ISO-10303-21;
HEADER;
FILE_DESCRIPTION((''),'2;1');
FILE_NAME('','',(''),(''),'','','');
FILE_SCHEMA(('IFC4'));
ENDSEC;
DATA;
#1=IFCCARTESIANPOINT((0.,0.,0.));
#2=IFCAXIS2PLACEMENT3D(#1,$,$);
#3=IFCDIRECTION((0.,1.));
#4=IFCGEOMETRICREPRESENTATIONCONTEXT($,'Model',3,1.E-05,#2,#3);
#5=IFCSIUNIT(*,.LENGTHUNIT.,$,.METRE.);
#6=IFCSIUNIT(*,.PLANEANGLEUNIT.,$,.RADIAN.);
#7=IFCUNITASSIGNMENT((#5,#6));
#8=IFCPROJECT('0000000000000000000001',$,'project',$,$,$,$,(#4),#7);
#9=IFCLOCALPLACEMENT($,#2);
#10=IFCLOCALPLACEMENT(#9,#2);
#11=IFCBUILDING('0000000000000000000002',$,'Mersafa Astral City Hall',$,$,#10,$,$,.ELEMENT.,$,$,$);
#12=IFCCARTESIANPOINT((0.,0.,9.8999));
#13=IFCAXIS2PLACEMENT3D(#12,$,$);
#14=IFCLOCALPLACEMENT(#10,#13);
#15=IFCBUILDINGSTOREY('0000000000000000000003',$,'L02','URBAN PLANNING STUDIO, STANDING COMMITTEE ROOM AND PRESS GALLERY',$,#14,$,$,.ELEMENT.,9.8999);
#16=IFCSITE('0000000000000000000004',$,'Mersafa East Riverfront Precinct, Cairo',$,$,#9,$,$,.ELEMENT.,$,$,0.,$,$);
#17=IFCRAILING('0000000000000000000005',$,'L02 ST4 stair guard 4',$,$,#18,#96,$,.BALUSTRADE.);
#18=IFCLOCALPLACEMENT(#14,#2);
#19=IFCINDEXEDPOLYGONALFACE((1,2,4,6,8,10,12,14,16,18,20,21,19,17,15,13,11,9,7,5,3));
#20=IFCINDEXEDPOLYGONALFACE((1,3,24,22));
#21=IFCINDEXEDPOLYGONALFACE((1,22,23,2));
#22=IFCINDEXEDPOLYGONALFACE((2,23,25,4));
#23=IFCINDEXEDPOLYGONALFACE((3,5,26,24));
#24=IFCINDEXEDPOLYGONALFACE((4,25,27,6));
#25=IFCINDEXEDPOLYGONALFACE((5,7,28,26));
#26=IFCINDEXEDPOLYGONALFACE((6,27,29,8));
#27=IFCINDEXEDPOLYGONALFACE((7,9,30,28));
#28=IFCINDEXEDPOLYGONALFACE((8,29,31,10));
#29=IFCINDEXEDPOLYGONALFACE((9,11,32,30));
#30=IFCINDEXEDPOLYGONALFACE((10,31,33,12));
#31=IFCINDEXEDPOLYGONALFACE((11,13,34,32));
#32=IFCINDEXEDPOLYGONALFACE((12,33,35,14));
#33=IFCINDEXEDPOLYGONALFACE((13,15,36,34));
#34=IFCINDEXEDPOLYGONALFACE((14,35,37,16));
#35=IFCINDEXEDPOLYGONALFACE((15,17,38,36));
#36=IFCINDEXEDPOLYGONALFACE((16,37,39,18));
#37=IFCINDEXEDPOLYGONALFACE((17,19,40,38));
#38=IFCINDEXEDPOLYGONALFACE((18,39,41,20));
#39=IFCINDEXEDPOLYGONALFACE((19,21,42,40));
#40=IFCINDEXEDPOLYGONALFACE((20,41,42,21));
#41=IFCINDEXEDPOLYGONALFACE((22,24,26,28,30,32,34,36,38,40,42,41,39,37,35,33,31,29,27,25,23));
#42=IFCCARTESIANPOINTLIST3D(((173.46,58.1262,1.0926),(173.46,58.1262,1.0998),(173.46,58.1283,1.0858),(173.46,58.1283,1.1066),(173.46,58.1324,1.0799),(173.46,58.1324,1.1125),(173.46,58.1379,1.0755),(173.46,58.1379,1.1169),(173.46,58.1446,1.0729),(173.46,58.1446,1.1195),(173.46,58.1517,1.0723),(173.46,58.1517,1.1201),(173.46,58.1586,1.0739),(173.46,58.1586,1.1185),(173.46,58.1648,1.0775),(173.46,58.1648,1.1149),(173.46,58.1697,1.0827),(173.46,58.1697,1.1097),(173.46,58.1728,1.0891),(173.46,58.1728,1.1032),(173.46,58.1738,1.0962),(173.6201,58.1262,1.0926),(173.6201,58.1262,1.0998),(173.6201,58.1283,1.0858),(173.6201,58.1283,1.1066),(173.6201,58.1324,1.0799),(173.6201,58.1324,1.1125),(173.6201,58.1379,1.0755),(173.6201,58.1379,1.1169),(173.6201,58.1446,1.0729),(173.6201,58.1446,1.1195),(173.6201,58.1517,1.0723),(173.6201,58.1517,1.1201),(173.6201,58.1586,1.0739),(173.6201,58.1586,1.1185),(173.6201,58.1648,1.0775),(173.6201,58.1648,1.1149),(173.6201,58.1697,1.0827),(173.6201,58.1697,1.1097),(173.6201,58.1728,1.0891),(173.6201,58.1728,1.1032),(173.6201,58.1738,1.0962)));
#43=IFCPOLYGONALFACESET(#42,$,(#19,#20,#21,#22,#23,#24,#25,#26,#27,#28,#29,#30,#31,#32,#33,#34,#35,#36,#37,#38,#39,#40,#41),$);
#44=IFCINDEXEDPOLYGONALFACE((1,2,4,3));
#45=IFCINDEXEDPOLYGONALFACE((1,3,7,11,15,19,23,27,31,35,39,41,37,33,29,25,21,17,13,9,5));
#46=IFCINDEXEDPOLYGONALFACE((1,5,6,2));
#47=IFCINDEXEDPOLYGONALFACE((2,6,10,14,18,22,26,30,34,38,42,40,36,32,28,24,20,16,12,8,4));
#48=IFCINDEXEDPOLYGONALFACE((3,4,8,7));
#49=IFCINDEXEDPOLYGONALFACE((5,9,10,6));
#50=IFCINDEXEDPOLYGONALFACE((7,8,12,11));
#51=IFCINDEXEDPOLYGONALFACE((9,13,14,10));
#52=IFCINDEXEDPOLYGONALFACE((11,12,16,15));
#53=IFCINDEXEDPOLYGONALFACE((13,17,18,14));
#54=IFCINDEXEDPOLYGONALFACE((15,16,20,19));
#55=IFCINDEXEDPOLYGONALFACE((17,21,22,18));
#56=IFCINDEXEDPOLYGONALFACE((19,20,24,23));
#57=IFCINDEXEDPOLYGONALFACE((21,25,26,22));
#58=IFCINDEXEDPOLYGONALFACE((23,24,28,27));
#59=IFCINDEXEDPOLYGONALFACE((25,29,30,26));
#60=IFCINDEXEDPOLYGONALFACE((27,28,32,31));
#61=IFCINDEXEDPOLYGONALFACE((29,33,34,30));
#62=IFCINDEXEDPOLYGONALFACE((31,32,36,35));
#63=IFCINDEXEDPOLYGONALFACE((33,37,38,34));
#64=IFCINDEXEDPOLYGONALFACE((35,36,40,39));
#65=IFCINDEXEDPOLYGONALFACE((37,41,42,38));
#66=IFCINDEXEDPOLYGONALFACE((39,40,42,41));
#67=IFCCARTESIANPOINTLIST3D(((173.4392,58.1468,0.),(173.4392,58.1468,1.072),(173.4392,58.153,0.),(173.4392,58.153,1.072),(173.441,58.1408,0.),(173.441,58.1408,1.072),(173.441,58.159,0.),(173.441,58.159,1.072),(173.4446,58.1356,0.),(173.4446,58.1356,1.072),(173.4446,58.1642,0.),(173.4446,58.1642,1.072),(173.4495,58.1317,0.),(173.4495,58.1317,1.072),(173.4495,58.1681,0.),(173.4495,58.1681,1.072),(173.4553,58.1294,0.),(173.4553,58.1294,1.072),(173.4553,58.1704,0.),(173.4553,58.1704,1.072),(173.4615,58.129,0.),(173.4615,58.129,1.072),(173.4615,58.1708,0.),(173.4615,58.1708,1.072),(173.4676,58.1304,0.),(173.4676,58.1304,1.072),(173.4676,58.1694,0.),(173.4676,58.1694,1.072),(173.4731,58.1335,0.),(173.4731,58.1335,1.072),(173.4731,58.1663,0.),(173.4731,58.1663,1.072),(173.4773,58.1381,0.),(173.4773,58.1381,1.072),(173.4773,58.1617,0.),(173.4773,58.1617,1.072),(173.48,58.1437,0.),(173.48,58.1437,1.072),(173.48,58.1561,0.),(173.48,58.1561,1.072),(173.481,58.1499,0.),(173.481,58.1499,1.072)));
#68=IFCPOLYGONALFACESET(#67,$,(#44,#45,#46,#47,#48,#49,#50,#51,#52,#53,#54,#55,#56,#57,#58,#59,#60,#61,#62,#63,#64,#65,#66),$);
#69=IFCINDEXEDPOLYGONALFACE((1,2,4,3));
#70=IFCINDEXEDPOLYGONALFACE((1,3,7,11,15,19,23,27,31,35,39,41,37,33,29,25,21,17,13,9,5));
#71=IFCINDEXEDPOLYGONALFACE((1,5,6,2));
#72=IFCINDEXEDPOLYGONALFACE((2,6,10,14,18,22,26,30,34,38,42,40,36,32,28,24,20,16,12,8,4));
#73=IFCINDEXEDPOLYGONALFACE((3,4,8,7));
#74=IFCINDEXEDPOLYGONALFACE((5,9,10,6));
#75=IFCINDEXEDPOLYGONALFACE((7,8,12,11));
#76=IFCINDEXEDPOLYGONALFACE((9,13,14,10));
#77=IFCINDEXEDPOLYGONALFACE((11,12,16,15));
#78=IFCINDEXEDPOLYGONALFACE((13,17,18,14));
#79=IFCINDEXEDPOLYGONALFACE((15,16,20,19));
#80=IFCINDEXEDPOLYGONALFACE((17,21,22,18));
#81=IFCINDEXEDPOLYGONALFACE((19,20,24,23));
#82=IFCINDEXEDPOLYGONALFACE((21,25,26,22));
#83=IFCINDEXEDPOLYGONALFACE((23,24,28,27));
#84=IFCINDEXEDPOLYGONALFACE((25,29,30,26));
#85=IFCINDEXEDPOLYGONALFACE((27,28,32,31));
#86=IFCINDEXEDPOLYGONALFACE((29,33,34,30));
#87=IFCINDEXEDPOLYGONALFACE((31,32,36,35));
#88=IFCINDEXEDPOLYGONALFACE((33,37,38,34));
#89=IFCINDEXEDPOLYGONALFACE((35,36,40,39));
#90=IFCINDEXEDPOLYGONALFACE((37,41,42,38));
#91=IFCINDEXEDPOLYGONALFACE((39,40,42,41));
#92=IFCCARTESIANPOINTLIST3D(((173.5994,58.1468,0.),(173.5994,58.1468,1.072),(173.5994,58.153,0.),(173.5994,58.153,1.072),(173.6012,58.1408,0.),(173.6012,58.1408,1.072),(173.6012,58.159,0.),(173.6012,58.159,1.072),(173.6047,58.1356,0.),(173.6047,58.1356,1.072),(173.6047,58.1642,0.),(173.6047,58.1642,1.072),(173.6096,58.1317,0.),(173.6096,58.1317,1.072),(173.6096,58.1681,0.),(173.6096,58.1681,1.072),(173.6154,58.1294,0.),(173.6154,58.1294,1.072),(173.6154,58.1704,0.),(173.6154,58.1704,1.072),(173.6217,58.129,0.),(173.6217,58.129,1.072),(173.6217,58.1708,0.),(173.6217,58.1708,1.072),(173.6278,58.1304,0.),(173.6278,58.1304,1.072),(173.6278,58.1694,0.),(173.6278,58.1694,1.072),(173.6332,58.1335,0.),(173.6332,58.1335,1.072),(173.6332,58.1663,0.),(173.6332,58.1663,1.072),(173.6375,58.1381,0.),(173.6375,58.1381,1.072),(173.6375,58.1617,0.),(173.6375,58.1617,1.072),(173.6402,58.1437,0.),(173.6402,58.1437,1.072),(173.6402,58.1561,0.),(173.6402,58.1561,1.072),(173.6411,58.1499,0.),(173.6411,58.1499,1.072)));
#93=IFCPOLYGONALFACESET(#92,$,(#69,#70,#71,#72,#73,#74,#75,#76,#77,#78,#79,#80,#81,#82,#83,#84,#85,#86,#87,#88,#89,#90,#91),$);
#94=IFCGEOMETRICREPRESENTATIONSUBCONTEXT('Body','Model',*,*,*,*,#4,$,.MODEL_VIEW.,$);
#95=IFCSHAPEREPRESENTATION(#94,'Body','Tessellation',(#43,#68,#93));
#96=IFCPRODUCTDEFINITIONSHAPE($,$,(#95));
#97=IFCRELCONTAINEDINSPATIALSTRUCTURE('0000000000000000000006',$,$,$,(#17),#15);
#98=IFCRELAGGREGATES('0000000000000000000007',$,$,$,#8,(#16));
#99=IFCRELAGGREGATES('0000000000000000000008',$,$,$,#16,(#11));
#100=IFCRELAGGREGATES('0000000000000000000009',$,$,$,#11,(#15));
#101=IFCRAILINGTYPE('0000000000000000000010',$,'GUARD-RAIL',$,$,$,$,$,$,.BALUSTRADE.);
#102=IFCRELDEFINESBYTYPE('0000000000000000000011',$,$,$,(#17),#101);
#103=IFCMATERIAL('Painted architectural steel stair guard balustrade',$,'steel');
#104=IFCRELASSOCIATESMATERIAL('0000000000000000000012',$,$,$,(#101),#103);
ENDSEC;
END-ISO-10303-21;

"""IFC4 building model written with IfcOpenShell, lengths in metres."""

from ifc_helpers import new_model, si_unit, direction, frame, origin, origin_2d, place, context, subcontext, project, spatial, circle, extrude, material, type_object, element, save


model = new_model("IFC4")

# Units and contexts
model_context = context("Model", 3, precision=1e-05, world=origin(), true_north=direction((0.0, 1.0)))
body_context = subcontext(model_context, "Body", "Model", "MODEL_VIEW")
ifc_project = project(units=[si_unit("LENGTHUNIT", "METRE"), si_unit("PLANEANGLEUNIT", "RADIAN")], contexts=[model_context])

# Site, building, storey
site_placement = place(None, origin())
site = spatial("IfcSite", under=ifc_project, at=site_placement, Name="Mersafa East Riverfront Precinct, Cairo", CompositionType="ELEMENT", RefElevation=0.0)
building_placement = place(site_placement, origin())
building = spatial("IfcBuilding", under=site, at=building_placement, Name="Mersafa Astral City Hall", CompositionType="ELEMENT")
storey_placement = place(building_placement, frame((0.0, 0.0, 9.8999)))
storey = spatial("IfcBuildingStorey", under=building, at=storey_placement, Name="L02", Description="URBAN PLANNING STUDIO, STANDING COMMITTEE ROOM AND PRESS GALLERY", CompositionType="ELEMENT", Elevation=9.8999)

# Railing
ifc_material_1 = material(Name="Painted architectural steel stair guard balustrade", Category="steel")
railing_type_1 = type_object("IfcRailingType", Name="GUARD-RAIL", PredefinedType="BALUSTRADE", material=ifc_material_1)
railing_1_placement = place(storey_placement, frame((173.46, 58.1499, 0.0)))
element("IfcRailing", 1, at=railing_1_placement, inside=storey, type_object=railing_type_1, Name="L02 ST4 stair guard 4", PredefinedType="BALUSTRADE", context=body_context, shape_type="SweptSolid", body=[
    extrude(circle(Radius=0.0239, at=origin_2d()), frame((0.0, 0.0, 1.0962), z_axis=(1.0, 0.0, 0.0), x_axis=(0.0, 1.0, 0.0)), (0.0, 0.0, 1.0), 0.1602),
    extrude(circle(Radius=0.021, at=origin_2d()), origin(), (0.0, 0.0, 1.0), 1.072),
    extrude(circle(Radius=0.021, at=origin_2d()), frame((0.1602, 0.0, 0.0)), (0.0, 0.0, 1.0), 1.072),
])

save(model, "model.ifc")
